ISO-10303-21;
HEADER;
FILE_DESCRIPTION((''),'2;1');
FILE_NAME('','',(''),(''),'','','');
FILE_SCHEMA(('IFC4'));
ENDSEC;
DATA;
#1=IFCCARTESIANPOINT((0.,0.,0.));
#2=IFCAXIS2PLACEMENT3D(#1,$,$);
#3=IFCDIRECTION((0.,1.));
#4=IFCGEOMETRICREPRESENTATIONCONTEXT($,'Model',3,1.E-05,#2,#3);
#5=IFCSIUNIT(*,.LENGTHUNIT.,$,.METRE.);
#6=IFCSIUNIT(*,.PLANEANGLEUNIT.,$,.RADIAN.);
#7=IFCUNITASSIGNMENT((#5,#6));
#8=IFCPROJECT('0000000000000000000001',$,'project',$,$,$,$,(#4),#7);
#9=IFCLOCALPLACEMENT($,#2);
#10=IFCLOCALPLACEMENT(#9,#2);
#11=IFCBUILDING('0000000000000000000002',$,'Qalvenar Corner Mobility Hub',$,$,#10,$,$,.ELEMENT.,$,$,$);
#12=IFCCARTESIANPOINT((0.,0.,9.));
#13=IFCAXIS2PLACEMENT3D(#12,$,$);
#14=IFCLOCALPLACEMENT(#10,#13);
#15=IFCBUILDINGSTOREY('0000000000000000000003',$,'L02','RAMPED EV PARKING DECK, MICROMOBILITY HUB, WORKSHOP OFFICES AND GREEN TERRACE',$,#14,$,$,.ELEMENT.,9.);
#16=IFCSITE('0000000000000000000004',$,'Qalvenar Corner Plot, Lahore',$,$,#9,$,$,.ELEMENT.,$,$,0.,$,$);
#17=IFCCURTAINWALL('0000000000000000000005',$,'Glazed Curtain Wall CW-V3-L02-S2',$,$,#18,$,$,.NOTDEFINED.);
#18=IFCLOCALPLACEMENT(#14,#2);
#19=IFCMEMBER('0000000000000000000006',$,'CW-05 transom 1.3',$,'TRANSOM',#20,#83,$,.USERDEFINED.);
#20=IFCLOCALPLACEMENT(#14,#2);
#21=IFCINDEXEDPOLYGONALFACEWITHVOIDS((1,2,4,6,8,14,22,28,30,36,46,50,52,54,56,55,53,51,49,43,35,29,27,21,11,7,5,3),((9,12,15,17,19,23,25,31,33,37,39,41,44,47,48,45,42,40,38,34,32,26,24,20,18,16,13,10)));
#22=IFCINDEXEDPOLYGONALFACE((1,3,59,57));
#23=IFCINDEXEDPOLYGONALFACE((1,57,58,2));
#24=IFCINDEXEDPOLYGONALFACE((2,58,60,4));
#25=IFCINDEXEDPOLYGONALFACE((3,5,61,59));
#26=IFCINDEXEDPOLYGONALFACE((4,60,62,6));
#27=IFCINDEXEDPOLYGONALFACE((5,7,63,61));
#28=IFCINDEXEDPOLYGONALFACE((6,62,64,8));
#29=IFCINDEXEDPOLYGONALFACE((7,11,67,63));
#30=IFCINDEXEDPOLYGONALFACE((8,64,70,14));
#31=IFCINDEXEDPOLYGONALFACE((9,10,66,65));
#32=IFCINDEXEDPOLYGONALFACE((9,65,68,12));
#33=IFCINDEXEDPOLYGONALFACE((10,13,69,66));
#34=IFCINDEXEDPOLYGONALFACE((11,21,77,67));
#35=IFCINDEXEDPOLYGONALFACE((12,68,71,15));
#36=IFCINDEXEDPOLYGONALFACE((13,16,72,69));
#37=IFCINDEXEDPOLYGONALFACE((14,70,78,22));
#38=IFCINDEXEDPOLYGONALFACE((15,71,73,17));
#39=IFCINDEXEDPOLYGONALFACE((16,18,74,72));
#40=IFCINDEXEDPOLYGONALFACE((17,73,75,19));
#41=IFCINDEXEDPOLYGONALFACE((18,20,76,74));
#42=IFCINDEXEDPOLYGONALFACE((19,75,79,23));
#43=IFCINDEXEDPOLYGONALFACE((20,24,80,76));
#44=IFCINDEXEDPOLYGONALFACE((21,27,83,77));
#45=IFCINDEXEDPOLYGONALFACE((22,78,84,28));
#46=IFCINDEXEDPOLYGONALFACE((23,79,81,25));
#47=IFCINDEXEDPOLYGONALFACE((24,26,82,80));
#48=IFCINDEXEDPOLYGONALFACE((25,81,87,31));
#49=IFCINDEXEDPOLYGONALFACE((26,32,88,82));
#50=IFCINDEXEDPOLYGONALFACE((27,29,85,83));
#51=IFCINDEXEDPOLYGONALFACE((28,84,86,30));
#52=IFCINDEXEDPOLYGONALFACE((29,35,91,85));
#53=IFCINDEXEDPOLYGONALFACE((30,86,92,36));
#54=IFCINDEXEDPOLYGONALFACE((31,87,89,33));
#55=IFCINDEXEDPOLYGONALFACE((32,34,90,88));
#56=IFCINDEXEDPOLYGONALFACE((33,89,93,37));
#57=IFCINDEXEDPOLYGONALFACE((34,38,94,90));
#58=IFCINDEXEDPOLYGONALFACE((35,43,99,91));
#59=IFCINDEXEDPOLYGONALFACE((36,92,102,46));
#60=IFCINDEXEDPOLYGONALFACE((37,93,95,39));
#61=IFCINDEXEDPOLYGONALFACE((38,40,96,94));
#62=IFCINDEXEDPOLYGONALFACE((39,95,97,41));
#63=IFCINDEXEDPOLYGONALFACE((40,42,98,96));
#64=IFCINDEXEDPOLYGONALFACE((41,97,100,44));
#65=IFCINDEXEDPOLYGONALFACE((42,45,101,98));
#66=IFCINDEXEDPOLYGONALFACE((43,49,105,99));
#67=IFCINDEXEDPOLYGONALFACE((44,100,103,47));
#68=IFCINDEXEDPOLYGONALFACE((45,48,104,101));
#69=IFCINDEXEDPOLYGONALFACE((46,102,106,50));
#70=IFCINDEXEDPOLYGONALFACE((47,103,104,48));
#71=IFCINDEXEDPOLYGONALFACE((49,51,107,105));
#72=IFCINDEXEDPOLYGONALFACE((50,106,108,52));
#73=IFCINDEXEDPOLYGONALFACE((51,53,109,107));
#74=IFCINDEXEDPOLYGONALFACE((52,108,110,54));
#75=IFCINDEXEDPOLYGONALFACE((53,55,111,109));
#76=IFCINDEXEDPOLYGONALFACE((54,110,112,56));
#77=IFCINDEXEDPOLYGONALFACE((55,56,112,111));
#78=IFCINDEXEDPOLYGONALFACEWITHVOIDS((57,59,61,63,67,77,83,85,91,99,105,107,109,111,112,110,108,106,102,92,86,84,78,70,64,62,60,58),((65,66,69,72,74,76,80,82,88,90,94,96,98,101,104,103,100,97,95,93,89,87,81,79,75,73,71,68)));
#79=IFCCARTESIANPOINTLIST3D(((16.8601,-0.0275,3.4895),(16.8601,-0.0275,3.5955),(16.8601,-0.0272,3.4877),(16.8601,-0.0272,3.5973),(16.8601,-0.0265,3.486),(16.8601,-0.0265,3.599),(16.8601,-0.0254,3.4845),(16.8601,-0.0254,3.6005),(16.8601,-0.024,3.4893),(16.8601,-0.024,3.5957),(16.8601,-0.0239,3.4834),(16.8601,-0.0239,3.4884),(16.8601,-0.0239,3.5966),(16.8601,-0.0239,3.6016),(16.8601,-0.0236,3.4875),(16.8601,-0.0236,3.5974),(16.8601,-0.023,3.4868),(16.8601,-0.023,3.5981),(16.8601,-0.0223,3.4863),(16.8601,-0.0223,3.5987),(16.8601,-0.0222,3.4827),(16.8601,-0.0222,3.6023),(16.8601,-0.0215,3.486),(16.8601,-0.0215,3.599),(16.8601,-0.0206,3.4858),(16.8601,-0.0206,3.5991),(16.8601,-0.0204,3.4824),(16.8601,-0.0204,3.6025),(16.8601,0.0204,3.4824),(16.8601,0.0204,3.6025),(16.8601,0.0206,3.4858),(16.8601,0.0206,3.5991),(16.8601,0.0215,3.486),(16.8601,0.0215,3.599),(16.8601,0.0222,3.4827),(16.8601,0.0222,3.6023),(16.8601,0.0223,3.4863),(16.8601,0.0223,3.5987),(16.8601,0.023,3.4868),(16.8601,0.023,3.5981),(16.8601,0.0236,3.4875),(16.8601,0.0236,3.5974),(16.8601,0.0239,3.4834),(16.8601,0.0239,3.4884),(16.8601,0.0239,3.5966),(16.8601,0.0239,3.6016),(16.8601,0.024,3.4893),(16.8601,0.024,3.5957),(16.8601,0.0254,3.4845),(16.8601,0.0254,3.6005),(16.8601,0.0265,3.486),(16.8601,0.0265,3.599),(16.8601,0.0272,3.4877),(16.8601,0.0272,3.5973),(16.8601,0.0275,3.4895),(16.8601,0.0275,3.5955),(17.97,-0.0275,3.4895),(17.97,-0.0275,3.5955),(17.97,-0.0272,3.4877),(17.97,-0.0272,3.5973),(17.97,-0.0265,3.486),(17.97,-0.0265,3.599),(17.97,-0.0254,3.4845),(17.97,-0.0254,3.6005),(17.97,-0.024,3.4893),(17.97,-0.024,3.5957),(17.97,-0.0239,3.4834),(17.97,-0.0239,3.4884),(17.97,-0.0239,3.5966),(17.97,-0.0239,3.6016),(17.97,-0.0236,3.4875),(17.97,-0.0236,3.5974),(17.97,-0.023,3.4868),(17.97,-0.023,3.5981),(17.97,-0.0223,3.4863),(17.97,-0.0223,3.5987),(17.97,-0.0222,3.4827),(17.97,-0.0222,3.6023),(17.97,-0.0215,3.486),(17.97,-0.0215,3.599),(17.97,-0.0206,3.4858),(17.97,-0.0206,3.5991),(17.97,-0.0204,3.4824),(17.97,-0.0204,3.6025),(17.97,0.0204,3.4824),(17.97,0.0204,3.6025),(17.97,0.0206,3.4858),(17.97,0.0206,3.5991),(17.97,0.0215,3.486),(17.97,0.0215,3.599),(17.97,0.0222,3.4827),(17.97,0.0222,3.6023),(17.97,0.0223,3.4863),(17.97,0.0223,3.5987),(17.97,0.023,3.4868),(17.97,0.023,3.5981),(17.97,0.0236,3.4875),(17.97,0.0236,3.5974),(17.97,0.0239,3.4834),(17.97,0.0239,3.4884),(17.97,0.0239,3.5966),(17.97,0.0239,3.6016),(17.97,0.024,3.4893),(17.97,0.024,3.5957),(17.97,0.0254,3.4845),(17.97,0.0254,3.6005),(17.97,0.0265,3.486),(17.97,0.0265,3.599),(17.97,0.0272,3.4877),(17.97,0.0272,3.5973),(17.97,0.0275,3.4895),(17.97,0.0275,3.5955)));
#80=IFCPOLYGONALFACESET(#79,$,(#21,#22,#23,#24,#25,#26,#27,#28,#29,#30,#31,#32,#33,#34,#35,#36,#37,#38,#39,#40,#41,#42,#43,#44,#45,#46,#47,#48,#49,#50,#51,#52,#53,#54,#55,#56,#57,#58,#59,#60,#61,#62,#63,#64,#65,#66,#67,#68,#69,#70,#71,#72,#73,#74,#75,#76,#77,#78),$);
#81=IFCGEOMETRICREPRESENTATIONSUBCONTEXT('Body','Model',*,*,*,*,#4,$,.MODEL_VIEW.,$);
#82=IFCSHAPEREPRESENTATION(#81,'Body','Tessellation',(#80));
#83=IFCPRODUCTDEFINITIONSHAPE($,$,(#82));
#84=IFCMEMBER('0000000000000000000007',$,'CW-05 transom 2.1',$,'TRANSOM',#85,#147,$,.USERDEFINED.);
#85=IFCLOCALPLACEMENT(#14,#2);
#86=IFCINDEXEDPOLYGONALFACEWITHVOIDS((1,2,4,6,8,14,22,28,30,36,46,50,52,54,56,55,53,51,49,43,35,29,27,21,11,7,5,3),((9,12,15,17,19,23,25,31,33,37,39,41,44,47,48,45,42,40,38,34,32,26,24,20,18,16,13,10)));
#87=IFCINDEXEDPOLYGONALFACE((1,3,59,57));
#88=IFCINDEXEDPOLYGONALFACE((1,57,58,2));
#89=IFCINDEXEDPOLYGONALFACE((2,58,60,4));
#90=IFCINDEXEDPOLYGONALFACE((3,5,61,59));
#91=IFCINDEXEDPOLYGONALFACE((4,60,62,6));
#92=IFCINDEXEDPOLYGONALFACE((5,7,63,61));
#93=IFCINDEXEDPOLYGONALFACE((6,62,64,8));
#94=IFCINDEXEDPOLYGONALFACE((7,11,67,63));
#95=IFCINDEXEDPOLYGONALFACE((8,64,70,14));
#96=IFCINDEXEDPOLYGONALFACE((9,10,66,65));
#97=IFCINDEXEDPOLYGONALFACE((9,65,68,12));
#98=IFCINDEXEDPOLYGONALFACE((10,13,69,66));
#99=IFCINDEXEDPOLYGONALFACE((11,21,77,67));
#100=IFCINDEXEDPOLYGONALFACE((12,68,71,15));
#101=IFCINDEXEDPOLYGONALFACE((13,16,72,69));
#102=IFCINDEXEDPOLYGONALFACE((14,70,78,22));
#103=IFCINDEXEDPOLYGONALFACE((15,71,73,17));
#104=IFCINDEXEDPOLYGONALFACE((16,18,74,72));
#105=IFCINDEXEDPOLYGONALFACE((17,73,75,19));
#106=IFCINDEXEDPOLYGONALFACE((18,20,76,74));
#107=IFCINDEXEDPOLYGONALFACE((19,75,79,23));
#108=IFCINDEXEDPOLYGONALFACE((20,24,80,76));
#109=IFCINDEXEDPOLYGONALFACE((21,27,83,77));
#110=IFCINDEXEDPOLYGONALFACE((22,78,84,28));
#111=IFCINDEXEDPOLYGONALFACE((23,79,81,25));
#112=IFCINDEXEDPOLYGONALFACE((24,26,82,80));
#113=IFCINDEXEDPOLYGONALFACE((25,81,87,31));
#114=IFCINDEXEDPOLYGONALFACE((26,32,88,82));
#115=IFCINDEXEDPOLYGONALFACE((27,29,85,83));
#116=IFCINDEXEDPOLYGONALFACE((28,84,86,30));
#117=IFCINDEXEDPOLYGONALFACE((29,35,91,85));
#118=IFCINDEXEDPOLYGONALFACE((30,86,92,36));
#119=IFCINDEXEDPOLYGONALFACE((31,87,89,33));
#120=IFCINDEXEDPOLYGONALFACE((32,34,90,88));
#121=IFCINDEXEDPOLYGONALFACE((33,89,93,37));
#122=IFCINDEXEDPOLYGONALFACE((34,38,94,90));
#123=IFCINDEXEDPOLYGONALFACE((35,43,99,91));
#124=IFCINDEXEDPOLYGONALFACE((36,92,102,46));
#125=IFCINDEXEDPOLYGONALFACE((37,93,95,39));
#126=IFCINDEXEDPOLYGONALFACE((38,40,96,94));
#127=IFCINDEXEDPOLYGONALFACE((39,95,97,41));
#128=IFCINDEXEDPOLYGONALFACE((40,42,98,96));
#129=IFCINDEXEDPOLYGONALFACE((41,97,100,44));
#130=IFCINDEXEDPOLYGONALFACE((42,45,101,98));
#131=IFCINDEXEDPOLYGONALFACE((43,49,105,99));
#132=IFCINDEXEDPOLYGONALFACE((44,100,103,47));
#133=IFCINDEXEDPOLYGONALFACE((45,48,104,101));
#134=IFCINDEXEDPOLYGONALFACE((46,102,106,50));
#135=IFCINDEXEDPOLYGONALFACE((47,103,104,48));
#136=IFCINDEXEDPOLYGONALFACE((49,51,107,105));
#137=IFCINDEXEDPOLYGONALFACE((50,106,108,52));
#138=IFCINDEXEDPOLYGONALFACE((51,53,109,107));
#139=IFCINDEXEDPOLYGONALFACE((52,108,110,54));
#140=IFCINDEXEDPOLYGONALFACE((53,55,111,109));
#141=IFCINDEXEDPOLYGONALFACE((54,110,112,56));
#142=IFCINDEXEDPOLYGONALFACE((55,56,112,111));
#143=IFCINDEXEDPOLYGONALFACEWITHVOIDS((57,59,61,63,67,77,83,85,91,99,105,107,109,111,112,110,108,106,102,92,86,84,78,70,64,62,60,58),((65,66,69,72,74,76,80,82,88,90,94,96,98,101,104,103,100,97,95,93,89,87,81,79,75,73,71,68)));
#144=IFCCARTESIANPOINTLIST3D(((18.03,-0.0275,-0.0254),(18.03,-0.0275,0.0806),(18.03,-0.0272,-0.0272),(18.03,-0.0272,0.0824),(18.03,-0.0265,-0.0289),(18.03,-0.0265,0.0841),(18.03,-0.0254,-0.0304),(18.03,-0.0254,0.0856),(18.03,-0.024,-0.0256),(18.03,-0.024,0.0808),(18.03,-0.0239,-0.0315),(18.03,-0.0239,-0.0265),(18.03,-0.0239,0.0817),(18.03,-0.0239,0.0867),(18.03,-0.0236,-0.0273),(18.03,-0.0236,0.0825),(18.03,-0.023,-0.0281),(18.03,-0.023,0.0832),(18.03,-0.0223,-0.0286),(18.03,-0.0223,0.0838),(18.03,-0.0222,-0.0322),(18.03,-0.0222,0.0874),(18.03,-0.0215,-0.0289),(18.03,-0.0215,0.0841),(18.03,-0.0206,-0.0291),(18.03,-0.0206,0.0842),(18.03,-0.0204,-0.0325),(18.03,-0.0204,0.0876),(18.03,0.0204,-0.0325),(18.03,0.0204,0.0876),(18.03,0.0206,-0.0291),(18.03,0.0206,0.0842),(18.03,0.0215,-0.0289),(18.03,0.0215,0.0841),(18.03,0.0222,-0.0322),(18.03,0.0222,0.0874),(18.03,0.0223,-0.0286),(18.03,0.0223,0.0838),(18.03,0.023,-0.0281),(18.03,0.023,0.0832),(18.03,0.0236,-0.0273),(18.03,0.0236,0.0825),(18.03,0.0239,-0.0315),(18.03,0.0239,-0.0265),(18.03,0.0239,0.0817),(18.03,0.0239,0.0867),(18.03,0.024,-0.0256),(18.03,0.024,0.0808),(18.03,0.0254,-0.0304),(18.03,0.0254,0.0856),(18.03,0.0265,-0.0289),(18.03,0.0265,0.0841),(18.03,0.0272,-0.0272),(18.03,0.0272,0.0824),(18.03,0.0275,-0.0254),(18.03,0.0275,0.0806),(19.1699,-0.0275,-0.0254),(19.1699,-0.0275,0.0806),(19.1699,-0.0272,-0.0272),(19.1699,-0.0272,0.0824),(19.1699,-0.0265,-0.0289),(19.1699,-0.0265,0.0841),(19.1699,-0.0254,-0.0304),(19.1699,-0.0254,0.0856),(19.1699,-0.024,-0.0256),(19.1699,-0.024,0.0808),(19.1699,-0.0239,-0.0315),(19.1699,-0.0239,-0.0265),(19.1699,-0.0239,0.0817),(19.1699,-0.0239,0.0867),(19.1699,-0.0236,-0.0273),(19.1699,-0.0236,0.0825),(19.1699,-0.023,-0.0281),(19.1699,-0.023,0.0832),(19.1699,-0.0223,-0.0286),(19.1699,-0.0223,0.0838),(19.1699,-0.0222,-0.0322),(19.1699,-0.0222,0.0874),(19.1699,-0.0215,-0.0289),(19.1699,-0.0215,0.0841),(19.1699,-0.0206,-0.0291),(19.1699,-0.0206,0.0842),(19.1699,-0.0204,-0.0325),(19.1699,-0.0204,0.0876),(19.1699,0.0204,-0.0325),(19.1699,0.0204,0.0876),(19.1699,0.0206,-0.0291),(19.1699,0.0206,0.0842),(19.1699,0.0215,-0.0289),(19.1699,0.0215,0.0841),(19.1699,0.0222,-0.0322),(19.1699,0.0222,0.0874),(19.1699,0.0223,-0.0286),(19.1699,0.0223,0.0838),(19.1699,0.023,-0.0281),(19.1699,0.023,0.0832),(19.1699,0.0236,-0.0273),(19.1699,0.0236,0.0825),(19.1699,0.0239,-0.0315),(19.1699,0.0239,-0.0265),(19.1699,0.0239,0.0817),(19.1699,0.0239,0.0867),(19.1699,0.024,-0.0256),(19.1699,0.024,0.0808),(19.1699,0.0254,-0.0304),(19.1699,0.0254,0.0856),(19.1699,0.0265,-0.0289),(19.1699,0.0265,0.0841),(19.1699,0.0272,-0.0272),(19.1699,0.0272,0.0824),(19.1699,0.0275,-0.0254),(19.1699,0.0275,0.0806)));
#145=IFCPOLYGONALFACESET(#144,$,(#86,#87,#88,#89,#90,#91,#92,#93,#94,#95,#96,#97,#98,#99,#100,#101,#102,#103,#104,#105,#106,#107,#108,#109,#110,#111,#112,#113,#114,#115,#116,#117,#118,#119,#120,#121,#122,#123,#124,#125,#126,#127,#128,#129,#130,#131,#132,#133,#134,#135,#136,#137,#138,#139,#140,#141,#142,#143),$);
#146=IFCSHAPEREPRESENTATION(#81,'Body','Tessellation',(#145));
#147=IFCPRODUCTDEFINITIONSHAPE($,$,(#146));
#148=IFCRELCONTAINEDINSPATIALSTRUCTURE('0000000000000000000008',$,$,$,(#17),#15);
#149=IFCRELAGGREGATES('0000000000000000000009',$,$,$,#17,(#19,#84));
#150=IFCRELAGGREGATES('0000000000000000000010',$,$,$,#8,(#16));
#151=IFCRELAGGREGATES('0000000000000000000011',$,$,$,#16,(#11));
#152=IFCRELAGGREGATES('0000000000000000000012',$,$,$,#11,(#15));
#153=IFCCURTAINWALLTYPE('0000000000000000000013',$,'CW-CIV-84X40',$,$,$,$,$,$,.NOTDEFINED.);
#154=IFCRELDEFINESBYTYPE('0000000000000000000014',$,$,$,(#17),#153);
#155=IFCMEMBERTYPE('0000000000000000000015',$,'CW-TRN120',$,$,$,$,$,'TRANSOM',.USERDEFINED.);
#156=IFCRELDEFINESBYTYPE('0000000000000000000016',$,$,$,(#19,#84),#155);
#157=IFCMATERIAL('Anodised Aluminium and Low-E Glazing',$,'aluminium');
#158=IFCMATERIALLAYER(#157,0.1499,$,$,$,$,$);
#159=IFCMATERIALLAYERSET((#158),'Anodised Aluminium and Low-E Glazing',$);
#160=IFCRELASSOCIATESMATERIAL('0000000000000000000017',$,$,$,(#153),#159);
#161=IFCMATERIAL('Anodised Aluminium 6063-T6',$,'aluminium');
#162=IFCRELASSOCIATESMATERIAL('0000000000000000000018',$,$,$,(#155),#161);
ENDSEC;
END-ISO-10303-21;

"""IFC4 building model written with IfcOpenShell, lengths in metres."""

from ifc_helpers import new_model, si_unit, direction, frame, origin, origin_2d, place, context, subcontext, project, spatial, hollow_rectangle, extrude, material, layer, layer_set, material_profile, profile_set, type_object, element, aggregate, save


model = new_model("IFC4")

# Units and contexts
model_context = context("Model", 3, precision=1e-05, world=origin(), true_north=direction((0.0, 1.0)))
body_context = subcontext(model_context, "Body", "Model", "MODEL_VIEW")
ifc_project = project(units=[si_unit("LENGTHUNIT", "METRE"), si_unit("PLANEANGLEUNIT", "RADIAN")], contexts=[model_context])

# Site, building, storey
site_placement = place(None, origin())
site = spatial("IfcSite", under=ifc_project, at=site_placement, Name="Qalvenar Corner Plot, Lahore", CompositionType="ELEMENT", RefElevation=0.0)
building_placement = place(site_placement, origin())
building = spatial("IfcBuilding", under=site, at=building_placement, Name="Qalvenar Corner Mobility Hub", CompositionType="ELEMENT")
storey_placement = place(building_placement, frame((0.0, 0.0, 9.0)))
storey = spatial("IfcBuildingStorey", under=building, at=storey_placement, Name="L02", Description="RAMPED EV PARKING DECK, MICROMOBILITY HUB, WORKSHOP OFFICES AND GREEN TERRACE", CompositionType="ELEMENT", Elevation=9.0)

# Curtain wall, members
ifc_material_1 = material(Name="Anodised Aluminium and Low-E Glazing", Category="aluminium")
ifc_layer_1 = layer(ifc_material_1, 0.1499)
ifc_layer_set_1 = layer_set([ifc_layer_1], Name="Anodised Aluminium and Low-E Glazing")
curtain_wall_type = type_object("IfcCurtainWallType", Name="CW-CIV-84X40", PredefinedType="NOTDEFINED", material=ifc_layer_set_1)
curtain_wall_placement = place(storey_placement, origin())
curtain_wall = element("IfcCurtainWall", 1, at=curtain_wall_placement, inside=storey, type_object=curtain_wall_type, Name="Glazed Curtain Wall CW-V3-L02-S2", PredefinedType="NOTDEFINED")
ifc_material_2 = material(Name="Anodised Aluminium 6063-T6", Category="aluminium")
ifc_material_profile_1 = material_profile(ifc_material_2, hollow_rectangle(XDim=0.0549, YDim=0.1201, WallThickness=0.0034, InnerFilletRadius=0.0034, OuterFilletRadius=0.0071, at=origin_2d()), Name="RHS120x55x3.5")
ifc_profile_set_1 = profile_set([ifc_material_profile_1], Name="Anodised Aluminium 6063-T6")
member_type_1 = type_object("IfcMemberType", Name="CW-TRN120", ElementType="TRANSOM", PredefinedType="USERDEFINED", material=ifc_profile_set_1)
member_1_placement = place(storey_placement, frame((16.8601, 0.0, 3.5425), z_axis=(1.0, 0.0, 0.0), x_axis=(0.0, 1.0, 0.0)))
member_1 = element("IfcMember", 2, at=member_1_placement, type_object=member_type_1, Name="CW-05 transom 1.3", ObjectType="TRANSOM", PredefinedType="USERDEFINED", context=body_context, shape_type="SweptSolid", body=[
    extrude(hollow_rectangle(XDim=0.0549, YDim=0.1201, WallThickness=0.0034, InnerFilletRadius=0.0034, OuterFilletRadius=0.0071, at=origin_2d()), origin(), (0.0, 0.0, 1.0), 1.1099),
])
member_2_placement = place(storey_placement, frame((18.03, 0.0, 0.0276), z_axis=(1.0, 0.0, 0.0), x_axis=(0.0, 1.0, 0.0)))
member_2 = element("IfcMember", 3, at=member_2_placement, type_object=member_type_1, Name="CW-05 transom 2.1", ObjectType="TRANSOM", PredefinedType="USERDEFINED", context=body_context, shape_type="SweptSolid", body=[
    extrude(hollow_rectangle(XDim=0.0549, YDim=0.1201, WallThickness=0.0034, InnerFilletRadius=0.0034, OuterFilletRadius=0.0071, at=origin_2d()), origin(), (0.0, 0.0, 1.0), 1.1399),
])
aggregate(curtain_wall, [member_1, member_2])

save(model, "model.ifc")
